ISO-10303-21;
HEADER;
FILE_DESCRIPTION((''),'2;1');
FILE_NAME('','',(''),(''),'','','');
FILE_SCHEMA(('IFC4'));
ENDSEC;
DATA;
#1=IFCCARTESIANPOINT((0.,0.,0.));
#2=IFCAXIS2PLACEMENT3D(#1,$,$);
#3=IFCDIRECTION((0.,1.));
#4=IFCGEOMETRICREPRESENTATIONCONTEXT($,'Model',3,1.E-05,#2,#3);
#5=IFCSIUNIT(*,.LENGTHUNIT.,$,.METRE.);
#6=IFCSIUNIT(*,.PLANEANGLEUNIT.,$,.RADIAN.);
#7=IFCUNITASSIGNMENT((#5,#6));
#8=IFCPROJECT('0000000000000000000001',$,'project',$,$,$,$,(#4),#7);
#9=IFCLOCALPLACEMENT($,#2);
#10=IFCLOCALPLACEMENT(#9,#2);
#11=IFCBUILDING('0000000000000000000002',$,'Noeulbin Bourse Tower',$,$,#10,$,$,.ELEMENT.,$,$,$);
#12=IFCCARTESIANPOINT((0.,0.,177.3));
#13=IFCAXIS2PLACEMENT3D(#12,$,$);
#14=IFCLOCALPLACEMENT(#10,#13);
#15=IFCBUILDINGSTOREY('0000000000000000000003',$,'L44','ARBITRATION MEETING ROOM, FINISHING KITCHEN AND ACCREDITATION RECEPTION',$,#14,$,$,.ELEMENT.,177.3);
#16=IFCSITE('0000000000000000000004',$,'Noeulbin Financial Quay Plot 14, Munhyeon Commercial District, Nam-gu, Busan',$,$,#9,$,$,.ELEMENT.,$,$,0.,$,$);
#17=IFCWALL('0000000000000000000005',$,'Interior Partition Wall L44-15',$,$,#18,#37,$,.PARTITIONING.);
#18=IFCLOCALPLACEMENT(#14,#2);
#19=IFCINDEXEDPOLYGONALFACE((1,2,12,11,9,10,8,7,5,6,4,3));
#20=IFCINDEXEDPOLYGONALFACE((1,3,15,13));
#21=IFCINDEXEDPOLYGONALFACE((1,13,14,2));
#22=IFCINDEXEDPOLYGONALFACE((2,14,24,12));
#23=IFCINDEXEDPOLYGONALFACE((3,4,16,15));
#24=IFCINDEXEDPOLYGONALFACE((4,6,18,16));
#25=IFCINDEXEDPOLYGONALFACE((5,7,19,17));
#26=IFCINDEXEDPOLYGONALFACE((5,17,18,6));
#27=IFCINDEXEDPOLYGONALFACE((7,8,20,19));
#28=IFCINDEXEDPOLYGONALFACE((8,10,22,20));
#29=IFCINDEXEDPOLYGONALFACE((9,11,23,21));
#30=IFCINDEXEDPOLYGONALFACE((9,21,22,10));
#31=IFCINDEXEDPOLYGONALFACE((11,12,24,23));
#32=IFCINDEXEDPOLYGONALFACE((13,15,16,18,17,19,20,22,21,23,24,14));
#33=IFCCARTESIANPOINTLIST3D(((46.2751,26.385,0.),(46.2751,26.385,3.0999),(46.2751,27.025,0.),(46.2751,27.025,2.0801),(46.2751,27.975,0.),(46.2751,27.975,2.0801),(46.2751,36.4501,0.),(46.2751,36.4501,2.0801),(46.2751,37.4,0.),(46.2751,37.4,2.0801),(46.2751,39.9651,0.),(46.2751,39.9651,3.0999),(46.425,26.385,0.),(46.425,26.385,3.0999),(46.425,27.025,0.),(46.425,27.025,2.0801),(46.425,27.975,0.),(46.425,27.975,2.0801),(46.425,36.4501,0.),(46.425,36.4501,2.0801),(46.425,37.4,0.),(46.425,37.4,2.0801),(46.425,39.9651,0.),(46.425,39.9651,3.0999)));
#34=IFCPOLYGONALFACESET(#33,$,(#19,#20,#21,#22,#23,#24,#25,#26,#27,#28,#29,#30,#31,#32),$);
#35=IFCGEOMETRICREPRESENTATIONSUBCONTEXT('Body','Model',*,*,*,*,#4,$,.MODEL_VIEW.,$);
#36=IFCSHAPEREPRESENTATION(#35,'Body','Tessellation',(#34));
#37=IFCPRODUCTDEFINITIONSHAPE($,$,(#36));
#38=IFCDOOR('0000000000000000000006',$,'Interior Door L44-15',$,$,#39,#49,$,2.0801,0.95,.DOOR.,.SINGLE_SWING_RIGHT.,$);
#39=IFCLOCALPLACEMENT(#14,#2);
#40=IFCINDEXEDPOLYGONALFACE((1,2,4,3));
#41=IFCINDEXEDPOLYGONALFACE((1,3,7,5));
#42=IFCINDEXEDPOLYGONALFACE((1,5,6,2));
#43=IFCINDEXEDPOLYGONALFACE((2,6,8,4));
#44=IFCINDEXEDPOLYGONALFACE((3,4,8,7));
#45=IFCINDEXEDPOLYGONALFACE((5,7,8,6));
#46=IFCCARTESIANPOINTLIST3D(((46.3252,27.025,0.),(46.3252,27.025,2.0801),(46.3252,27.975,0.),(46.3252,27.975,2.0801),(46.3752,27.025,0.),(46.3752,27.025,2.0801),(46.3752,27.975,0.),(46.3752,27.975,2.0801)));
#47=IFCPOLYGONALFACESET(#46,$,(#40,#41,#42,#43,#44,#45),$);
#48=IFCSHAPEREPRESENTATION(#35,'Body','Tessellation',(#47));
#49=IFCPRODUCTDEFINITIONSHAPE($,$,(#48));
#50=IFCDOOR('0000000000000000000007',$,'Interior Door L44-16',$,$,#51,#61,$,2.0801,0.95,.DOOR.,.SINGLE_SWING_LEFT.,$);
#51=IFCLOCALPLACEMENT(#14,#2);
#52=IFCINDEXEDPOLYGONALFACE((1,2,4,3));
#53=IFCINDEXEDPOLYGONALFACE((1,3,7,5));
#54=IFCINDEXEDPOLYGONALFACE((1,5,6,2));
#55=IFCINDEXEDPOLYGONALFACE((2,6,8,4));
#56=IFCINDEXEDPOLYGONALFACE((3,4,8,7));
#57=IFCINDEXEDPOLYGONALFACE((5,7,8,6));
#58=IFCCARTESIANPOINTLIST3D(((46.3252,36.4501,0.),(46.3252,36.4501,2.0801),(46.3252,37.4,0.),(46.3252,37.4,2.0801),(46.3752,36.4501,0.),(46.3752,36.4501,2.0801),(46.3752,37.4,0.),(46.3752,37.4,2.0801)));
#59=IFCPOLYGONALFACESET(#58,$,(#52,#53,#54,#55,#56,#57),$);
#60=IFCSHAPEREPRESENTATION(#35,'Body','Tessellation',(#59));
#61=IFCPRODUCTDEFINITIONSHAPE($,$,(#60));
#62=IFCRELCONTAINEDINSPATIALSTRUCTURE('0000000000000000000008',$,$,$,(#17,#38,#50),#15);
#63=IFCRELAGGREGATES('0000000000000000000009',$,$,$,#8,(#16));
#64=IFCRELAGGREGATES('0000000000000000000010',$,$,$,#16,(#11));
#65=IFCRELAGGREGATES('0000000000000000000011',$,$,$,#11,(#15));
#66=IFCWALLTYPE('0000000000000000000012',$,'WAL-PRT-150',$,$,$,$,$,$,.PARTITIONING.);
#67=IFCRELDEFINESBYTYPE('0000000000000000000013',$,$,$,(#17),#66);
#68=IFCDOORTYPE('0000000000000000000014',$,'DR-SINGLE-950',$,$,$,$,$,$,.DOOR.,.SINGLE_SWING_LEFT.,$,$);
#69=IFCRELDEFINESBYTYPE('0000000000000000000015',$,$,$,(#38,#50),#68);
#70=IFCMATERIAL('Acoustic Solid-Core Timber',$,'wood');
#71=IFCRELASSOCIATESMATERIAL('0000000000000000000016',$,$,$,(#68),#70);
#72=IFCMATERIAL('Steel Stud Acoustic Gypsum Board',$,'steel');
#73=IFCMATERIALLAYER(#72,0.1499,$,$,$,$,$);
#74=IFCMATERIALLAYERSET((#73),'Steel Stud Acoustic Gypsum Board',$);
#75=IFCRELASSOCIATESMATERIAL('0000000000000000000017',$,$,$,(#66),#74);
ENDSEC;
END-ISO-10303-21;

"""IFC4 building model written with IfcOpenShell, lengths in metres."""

from ifc_helpers import new_model, si_unit, direction, frame, frame_2d, origin, place, context, subcontext, project, spatial, rectangle, extrude, material, layer, layer_set, type_object, element, fill, save


model = new_model("IFC4")

# Units and contexts
model_context = context("Model", 3, precision=1e-05, world=origin(), true_north=direction((0.0, 1.0)))
body_context = subcontext(model_context, "Body", "Model", "MODEL_VIEW")
ifc_project = project(units=[si_unit("LENGTHUNIT", "METRE"), si_unit("PLANEANGLEUNIT", "RADIAN")], contexts=[model_context])

# Site, building, storey
site_placement = place(None, origin())
site = spatial("IfcSite", under=ifc_project, at=site_placement, Name="Noeulbin Financial Quay Plot 14, Munhyeon Commercial District, Nam-gu, Busan", CompositionType="ELEMENT", RefElevation=0.0)
building_placement = place(site_placement, origin())
building = spatial("IfcBuilding", under=site, at=building_placement, Name="Noeulbin Bourse Tower", CompositionType="ELEMENT")
storey_placement = place(building_placement, frame((0.0, 0.0, 177.3)))
storey = spatial("IfcBuildingStorey", under=building, at=storey_placement, Name="L44", Description="ARBITRATION MEETING ROOM, FINISHING KITCHEN AND ACCREDITATION RECEPTION", CompositionType="ELEMENT", Elevation=177.3)

# Shared definitions
ifc_material_1 = material(Name="Acoustic Solid-Core Timber", Category="wood")
door_type = type_object("IfcDoorType", Name="DR-SINGLE-950", OperationType="SINGLE_SWING_LEFT", PredefinedType="DOOR", material=ifc_material_1)

# Wall, openings, doors
ifc_material_2 = material(Name="Steel Stud Acoustic Gypsum Board", Category="steel")
ifc_layer_1 = layer(ifc_material_2, 0.1499)
ifc_layer_set_1 = layer_set([ifc_layer_1], Name="Steel Stud Acoustic Gypsum Board")
wall_type_1 = type_object("IfcWallType", Name="WAL-PRT-150", PredefinedType="PARTITIONING", material=ifc_layer_set_1)
wall_1_placement = place(storey_placement, frame((46.3501, 26.385, 0.0), z_axis=(0.0, 0.0, 1.0), x_axis=(0.0, 1.0, 0.0)))
wall_1 = element("IfcWall", 1, at=wall_1_placement, inside=storey, type_object=wall_type_1, Name="Interior Partition Wall L44-15", PredefinedType="PARTITIONING", context=body_context, shape_type="SweptSolid", body=[
    extrude(rectangle(XDim=13.5801, YDim=0.1499, at=frame_2d((6.79, 0.0))), origin(), (0.0, 0.0, 1.0), 3.0999),
])
opening_1_placement = place(wall_1_placement, frame((0.6399, 0.0, 0.0)))
opening_1 = element("IfcOpeningElement", 2, at=opening_1_placement, cuts=wall_1, PredefinedType="OPENING", context=body_context, shape_type="SweptSolid", body=[
    extrude(rectangle(XDim=0.95, YDim=2.0801, at=frame_2d((0.4751, 1.04))), frame((0.0, 0.085, 0.0), z_axis=(0.0, -1.0, 0.0), x_axis=(1.0, 0.0, 0.0)), (0.0, 0.0, 1.0), 0.1699),
])
opening_2_placement = place(wall_1_placement, frame((10.0649, 0.0, 0.0)))
opening_2 = element("IfcOpeningElement", 3, at=opening_2_placement, cuts=wall_1, PredefinedType="OPENING", context=body_context, shape_type="SweptSolid", body=[
    extrude(rectangle(XDim=0.95, YDim=2.0801, at=frame_2d((0.4751, 1.04))), frame((0.0, 0.085, 0.0), z_axis=(0.0, -1.0, 0.0), x_axis=(1.0, 0.0, 0.0)), (0.0, 0.0, 1.0), 0.1699),
])
door_1_placement = place(opening_1_placement, origin())
door_1 = element("IfcDoor", 4, at=door_1_placement, inside=storey, type_object=door_type, Name="Interior Door L44-15", OperationType="SINGLE_SWING_RIGHT", OverallHeight=2.0801, OverallWidth=0.95, PredefinedType="DOOR", context=body_context, shape_type="SweptSolid", body=[
    extrude(rectangle(XDim=0.95, YDim=2.0801, at=frame_2d((0.4751, 1.04))), frame((0.0, 0.0249, 0.0), z_axis=(0.0, -1.0, 0.0), x_axis=(1.0, 0.0, 0.0)), (0.0, 0.0, 1.0), 0.05),
])
fill(opening_1, door_1)
door_2_placement = place(opening_2_placement, origin())
door_2 = element("IfcDoor", 5, at=door_2_placement, inside=storey, type_object=door_type, Name="Interior Door L44-16", OperationType="SINGLE_SWING_LEFT", OverallHeight=2.0801, OverallWidth=0.95, PredefinedType="DOOR", context=body_context, shape_type="SweptSolid", body=[
    extrude(rectangle(XDim=0.95, YDim=2.0801, at=frame_2d((0.4751, 1.04))), frame((0.0, 0.0249, 0.0), z_axis=(0.0, -1.0, 0.0), x_axis=(1.0, 0.0, 0.0)), (0.0, 0.0, 1.0), 0.05),
])
fill(opening_2, door_2)

save(model, "model.ifc")
